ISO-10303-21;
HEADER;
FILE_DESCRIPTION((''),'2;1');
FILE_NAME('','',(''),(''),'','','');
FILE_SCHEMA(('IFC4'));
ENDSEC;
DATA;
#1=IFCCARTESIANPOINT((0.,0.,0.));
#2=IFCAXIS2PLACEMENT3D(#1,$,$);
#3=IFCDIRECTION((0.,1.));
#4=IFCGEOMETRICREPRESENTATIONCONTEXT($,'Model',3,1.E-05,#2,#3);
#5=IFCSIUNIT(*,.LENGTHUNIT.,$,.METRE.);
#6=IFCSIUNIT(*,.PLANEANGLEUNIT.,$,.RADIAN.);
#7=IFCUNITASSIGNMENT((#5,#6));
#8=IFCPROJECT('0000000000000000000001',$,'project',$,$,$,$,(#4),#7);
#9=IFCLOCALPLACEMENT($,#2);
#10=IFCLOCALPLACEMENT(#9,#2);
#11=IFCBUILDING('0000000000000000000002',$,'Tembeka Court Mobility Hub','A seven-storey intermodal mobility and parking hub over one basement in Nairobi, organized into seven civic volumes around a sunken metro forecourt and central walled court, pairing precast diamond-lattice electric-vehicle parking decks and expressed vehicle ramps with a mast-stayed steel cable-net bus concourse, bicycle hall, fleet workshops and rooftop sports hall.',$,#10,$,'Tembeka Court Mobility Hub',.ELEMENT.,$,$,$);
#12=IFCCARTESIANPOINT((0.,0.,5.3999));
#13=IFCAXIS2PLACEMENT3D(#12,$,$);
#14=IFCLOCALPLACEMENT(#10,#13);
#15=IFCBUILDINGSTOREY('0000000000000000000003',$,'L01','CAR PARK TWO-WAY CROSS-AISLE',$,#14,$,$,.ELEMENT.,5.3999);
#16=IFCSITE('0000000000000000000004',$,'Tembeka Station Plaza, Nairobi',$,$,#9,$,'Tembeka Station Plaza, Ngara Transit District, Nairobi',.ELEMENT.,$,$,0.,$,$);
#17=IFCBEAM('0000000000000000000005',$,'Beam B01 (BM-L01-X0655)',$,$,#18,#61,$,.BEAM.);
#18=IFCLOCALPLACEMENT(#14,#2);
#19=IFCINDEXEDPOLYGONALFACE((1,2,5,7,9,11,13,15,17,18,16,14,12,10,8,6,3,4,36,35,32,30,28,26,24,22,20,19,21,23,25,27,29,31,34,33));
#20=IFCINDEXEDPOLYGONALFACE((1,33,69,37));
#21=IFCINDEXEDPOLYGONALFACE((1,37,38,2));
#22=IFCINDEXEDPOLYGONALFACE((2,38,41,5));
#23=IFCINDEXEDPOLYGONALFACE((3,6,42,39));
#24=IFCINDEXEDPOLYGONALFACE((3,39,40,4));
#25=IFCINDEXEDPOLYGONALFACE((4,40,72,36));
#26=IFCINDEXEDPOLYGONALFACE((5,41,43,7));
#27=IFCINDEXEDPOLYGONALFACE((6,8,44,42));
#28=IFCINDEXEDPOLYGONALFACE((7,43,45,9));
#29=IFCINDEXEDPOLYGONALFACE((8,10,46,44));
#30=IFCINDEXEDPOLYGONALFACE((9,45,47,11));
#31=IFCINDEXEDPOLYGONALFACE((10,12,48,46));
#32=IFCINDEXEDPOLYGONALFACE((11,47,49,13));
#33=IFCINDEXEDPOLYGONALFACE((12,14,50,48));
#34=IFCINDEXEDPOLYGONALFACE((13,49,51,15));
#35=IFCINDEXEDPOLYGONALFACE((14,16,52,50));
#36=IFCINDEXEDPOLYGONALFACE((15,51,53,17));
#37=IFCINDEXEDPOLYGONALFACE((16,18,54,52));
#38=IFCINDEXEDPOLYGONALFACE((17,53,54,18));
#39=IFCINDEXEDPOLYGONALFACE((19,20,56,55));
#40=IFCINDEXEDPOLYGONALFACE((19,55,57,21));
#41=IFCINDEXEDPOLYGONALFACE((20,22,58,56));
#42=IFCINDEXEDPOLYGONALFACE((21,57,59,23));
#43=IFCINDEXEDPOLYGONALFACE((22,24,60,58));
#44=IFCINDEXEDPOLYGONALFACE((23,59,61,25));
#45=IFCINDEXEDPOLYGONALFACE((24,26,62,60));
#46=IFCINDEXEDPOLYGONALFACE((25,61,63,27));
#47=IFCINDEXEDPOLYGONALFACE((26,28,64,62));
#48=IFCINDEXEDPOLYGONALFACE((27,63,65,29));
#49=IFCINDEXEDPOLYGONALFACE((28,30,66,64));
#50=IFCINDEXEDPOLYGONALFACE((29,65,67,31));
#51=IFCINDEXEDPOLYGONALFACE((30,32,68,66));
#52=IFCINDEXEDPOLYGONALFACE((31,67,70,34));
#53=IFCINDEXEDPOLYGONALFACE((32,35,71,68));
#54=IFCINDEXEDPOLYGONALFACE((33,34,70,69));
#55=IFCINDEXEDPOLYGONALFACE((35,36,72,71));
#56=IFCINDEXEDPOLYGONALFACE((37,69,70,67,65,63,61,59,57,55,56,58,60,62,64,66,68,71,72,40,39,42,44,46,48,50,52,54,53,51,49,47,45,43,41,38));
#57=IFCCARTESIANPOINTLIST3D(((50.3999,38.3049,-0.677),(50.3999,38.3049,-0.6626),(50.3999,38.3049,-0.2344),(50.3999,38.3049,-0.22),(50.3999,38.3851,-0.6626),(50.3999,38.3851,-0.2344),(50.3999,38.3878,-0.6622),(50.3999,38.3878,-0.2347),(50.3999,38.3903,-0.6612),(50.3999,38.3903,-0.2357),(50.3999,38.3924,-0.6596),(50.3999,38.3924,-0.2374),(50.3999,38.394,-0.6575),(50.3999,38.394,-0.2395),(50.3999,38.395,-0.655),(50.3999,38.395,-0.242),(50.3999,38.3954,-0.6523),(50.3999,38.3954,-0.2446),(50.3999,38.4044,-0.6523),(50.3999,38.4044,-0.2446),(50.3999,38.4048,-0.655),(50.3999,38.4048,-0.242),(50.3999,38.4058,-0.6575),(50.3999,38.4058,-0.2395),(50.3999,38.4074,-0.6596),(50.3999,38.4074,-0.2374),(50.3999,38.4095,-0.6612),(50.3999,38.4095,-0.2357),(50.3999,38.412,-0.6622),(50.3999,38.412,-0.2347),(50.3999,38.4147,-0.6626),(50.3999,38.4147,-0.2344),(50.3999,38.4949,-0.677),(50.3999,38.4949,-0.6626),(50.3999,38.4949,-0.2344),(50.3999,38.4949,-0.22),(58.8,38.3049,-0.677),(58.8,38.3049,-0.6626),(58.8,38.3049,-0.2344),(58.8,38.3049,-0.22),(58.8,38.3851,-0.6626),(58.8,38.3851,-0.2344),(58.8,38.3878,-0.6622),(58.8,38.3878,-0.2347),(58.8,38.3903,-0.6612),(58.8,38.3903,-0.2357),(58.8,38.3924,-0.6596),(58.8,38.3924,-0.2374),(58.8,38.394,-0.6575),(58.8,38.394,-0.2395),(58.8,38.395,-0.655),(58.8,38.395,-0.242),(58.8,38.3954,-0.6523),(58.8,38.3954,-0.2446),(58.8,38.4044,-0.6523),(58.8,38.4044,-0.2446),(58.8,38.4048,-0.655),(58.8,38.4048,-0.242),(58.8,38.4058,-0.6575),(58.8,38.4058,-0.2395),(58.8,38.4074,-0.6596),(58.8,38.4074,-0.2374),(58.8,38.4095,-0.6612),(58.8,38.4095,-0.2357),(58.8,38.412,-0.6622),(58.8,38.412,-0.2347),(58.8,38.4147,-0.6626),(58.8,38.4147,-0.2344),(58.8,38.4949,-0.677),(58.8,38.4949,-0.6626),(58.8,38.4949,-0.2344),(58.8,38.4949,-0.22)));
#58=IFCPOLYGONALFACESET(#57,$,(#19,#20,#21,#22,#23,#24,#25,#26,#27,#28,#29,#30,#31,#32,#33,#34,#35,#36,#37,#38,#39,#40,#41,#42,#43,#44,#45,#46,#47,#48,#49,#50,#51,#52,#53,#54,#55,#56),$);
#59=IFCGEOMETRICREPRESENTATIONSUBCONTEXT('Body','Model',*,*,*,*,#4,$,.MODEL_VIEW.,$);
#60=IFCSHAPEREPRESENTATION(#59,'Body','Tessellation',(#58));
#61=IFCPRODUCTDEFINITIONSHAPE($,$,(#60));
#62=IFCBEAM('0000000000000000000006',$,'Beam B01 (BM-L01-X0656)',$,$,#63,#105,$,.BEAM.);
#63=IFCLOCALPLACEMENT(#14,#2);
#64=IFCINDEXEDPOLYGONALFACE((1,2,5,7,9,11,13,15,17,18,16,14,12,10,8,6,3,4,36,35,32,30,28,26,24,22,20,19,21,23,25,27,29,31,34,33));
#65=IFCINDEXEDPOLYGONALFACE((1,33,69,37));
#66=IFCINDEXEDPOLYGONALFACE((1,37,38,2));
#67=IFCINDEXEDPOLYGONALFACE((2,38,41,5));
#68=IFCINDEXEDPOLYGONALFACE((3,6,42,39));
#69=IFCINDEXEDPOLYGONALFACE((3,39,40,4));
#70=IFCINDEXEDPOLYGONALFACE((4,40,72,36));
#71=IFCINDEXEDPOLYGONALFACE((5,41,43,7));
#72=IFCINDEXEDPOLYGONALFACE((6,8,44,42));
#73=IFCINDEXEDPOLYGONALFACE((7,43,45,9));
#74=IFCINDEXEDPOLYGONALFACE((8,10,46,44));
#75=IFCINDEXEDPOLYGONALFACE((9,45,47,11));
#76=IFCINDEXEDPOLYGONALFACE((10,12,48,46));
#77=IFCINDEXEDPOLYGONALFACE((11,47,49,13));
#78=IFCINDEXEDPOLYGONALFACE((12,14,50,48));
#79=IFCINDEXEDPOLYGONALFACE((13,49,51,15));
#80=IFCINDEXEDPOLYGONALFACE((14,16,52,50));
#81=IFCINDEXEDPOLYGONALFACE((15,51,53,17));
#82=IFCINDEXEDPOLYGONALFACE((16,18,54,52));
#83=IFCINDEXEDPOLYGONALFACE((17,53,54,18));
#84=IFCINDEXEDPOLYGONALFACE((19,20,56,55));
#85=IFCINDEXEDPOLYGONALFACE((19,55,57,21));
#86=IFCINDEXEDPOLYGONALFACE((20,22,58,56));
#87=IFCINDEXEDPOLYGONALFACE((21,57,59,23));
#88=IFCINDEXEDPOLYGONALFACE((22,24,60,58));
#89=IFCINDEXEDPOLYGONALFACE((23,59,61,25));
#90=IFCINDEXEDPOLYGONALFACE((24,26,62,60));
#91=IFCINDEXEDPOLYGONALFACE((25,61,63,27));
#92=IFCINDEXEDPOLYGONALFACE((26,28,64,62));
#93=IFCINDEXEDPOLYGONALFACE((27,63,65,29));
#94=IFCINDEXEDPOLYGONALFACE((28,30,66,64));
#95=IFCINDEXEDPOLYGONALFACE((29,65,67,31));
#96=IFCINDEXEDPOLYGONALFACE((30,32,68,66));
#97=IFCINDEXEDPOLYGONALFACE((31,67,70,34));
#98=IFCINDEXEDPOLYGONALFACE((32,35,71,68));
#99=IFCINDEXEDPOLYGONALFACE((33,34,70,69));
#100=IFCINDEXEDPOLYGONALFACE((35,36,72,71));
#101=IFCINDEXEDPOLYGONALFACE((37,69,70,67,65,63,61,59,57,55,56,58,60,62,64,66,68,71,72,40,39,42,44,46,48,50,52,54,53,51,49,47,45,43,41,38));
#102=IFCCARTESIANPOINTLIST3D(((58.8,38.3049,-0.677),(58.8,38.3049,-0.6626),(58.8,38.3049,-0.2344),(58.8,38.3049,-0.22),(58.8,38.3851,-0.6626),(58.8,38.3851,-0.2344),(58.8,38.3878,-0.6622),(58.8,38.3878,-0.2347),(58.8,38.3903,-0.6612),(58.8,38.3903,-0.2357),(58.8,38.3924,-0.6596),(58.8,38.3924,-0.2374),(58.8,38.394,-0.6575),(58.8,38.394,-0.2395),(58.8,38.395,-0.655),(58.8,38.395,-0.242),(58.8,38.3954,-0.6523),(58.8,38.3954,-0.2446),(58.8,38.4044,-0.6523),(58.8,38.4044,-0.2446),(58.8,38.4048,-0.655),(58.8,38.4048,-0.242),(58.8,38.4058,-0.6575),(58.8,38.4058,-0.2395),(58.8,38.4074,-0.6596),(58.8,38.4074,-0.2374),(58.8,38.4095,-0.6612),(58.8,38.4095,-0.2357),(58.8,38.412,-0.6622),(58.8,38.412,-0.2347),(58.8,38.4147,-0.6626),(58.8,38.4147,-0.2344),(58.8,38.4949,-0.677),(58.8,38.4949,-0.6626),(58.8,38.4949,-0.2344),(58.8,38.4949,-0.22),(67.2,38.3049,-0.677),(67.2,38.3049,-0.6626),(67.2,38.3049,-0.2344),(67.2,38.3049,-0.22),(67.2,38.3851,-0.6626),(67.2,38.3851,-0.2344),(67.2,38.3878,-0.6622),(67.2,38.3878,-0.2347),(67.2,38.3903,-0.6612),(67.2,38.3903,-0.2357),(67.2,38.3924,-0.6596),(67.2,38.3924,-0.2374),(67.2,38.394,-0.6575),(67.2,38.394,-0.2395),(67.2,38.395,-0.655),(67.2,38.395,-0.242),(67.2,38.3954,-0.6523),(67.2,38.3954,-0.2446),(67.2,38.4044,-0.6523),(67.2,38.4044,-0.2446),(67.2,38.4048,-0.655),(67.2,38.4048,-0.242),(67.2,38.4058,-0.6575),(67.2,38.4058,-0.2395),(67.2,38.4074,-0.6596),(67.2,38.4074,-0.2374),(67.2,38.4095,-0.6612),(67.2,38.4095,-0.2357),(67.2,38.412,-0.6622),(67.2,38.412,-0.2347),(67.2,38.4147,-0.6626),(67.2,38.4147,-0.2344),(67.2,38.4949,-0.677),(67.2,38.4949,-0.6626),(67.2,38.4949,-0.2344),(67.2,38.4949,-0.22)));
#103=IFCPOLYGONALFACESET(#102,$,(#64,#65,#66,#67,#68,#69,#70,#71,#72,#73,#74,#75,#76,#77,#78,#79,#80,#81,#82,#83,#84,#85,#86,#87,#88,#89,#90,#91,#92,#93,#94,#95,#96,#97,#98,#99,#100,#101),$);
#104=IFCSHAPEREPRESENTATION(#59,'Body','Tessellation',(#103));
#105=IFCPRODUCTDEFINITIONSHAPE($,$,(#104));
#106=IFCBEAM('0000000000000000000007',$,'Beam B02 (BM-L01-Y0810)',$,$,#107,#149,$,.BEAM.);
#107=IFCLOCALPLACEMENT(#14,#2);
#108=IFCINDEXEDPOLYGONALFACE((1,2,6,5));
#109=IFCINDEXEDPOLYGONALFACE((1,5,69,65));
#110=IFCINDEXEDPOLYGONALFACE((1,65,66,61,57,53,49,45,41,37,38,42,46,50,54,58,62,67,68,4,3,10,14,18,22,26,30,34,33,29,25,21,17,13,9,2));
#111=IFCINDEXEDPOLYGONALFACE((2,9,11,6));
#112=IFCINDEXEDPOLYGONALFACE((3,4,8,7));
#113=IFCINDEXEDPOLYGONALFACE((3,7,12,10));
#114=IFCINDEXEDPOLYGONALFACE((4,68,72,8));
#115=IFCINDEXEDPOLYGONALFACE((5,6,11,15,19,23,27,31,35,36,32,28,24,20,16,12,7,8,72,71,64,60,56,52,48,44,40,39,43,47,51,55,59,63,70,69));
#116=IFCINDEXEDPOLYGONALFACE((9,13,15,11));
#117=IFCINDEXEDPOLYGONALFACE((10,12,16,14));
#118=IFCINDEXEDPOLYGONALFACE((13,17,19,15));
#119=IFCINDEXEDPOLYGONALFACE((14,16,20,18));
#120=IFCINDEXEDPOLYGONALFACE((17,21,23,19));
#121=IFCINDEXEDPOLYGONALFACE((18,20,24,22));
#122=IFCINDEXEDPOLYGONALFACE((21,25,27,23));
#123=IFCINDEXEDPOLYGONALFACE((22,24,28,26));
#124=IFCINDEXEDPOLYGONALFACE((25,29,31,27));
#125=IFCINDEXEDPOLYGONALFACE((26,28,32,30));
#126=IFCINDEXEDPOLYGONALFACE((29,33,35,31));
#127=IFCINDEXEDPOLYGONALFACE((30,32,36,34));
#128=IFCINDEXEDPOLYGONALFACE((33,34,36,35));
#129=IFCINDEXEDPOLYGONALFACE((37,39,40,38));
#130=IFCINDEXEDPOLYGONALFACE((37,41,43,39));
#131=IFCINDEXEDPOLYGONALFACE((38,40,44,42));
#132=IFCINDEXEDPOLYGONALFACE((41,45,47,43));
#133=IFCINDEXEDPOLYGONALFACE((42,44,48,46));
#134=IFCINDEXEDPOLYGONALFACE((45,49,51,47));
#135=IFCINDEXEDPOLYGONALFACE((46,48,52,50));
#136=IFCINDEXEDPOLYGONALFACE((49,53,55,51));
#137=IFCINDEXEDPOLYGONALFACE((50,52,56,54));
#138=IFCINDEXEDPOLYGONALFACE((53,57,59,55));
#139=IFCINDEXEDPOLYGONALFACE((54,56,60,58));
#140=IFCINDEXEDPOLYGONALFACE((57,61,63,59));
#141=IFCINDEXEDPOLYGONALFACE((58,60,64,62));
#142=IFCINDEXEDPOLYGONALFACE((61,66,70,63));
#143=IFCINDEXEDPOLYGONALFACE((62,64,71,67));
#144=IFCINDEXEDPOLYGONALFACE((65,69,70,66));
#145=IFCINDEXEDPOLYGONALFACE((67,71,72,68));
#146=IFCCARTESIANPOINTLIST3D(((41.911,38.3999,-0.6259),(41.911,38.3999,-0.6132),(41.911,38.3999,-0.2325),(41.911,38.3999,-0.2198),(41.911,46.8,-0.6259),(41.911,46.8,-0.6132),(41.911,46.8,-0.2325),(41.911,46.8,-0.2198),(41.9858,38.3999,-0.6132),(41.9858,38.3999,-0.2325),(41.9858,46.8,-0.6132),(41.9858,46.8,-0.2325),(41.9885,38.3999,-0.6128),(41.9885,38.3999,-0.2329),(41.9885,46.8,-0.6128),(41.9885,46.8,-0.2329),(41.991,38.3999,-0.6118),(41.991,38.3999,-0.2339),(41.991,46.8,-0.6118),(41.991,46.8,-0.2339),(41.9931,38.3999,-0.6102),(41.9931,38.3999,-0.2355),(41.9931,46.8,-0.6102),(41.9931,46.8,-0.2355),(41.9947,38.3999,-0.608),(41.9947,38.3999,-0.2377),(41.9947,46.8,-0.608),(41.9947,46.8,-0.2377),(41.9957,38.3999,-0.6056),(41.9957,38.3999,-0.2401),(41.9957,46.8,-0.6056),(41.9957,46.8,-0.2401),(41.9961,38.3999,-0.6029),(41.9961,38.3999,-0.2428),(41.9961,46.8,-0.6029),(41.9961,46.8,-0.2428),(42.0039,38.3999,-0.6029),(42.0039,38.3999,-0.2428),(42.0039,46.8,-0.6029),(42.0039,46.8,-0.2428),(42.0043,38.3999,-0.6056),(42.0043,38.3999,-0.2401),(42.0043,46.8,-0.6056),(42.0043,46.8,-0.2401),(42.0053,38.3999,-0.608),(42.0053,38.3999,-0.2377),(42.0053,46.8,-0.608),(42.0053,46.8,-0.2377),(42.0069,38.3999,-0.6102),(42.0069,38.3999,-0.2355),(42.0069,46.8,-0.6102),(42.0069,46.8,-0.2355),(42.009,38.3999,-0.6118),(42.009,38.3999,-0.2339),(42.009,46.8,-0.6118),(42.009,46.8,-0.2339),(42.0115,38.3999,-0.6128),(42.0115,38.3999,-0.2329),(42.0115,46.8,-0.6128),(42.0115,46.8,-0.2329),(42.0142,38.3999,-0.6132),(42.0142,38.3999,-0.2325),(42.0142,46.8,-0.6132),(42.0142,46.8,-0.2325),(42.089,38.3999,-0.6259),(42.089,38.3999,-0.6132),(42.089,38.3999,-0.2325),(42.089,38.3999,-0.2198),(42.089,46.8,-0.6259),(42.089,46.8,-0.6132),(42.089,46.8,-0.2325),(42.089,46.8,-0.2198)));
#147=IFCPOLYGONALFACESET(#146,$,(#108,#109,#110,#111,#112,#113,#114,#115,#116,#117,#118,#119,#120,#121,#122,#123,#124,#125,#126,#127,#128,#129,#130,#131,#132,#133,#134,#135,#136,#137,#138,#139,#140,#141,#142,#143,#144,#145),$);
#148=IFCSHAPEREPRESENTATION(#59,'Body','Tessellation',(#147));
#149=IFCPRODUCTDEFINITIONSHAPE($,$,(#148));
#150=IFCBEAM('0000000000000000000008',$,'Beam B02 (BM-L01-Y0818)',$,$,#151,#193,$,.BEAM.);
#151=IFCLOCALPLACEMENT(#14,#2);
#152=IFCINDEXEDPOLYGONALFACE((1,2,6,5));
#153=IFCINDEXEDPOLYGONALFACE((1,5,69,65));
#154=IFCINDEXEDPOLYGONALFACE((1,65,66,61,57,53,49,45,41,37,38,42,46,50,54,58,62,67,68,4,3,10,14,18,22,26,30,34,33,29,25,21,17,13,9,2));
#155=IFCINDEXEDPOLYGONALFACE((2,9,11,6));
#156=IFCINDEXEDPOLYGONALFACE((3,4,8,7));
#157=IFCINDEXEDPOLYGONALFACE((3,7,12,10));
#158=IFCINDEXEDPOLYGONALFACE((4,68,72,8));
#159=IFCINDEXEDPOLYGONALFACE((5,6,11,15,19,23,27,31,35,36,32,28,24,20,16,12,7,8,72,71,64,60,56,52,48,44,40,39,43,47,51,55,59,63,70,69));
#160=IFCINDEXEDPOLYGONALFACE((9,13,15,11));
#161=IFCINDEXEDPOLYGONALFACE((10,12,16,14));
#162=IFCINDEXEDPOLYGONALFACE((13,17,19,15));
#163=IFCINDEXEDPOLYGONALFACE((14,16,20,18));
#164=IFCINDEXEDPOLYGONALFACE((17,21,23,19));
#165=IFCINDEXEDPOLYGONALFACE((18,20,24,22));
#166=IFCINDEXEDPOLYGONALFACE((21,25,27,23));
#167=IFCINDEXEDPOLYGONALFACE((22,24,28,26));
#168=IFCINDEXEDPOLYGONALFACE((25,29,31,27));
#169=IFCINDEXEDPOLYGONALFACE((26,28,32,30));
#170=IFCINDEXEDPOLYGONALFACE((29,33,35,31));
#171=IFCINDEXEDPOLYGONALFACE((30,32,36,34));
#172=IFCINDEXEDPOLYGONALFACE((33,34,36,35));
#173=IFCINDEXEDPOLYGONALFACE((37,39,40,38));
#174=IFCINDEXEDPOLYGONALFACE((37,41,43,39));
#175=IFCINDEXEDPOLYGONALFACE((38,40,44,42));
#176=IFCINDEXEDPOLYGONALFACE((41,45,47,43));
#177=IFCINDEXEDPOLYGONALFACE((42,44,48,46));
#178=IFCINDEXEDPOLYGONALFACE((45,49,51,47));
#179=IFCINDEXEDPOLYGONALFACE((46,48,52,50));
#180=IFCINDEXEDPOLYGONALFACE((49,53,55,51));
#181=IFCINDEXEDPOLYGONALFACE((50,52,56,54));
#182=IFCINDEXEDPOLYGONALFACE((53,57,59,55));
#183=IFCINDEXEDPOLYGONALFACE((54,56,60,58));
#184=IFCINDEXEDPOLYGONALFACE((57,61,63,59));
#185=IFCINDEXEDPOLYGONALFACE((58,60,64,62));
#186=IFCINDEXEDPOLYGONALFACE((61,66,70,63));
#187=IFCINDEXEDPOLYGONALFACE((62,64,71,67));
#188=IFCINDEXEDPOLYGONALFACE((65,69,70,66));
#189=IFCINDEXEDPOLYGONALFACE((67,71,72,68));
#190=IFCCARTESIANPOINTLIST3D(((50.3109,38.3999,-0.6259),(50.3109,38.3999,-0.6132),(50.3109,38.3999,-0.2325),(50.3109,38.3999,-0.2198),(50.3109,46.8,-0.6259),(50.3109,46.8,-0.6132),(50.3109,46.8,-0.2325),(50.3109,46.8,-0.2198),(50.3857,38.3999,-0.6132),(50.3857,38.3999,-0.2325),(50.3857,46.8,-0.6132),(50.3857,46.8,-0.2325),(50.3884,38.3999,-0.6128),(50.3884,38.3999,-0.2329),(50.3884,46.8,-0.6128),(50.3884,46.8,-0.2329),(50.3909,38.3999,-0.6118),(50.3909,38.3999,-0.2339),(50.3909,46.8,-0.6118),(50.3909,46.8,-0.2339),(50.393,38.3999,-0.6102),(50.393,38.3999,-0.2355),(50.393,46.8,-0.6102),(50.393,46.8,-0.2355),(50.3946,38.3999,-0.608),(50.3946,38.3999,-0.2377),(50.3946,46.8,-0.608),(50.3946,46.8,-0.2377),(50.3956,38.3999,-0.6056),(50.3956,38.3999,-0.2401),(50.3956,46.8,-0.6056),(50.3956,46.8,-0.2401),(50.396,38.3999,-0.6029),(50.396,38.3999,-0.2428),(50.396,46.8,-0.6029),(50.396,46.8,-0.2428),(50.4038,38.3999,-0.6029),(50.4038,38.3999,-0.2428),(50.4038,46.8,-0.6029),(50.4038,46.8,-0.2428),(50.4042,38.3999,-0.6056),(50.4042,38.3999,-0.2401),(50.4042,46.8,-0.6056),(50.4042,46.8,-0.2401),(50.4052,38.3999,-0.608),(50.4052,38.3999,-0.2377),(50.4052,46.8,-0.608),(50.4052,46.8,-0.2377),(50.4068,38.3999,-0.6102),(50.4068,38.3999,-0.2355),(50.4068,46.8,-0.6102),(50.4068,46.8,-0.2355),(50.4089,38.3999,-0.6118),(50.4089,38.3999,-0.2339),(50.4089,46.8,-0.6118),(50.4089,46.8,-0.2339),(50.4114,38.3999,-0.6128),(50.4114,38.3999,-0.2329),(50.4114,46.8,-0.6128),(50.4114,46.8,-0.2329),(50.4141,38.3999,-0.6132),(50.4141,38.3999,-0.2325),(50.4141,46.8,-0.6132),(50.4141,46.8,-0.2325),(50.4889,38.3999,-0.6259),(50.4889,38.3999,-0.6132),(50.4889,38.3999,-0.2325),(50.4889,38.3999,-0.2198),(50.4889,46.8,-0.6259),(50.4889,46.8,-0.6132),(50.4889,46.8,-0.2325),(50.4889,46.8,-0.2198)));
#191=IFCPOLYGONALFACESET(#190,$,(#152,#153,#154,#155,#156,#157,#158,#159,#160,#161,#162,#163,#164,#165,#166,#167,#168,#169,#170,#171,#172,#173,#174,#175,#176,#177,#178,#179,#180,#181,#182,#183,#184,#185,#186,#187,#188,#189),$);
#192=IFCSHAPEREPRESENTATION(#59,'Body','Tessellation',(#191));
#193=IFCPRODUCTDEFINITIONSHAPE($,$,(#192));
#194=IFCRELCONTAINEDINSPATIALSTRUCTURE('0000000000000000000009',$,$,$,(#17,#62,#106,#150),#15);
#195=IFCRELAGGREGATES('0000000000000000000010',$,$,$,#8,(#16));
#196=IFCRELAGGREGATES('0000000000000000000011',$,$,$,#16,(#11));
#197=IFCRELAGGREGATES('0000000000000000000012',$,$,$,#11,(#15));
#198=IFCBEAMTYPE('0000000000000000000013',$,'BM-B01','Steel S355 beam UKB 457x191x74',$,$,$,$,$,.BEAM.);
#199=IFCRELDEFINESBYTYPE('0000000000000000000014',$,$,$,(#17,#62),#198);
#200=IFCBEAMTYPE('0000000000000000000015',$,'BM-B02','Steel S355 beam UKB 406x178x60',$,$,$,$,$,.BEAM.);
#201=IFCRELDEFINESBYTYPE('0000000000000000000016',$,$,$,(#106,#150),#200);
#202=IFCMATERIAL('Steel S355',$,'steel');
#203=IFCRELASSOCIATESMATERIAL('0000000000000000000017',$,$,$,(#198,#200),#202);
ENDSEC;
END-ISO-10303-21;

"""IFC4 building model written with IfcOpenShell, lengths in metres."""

from ifc_helpers import new_model, si_unit, direction, frame, origin, origin_2d, place, context, subcontext, project, spatial, i_section, extrude, material, material_profile, profile_set, type_object, element, save


model = new_model("IFC4")

# Units and contexts
model_context = context("Model", 3, precision=1e-05, world=origin(), true_north=direction((0.0, 1.0)))
body_context = subcontext(model_context, "Body", "Model", "MODEL_VIEW")
ifc_project = project(units=[si_unit("LENGTHUNIT", "METRE"), si_unit("PLANEANGLEUNIT", "RADIAN")], contexts=[model_context])

# Site, building, storey
site_placement = place(None, origin())
site = spatial("IfcSite", under=ifc_project, at=site_placement, Name="Tembeka Station Plaza, Nairobi", LongName="Tembeka Station Plaza, Ngara Transit District, Nairobi", CompositionType="ELEMENT", RefElevation=0.0)
building_placement = place(site_placement, origin())
building = spatial("IfcBuilding", under=site, at=building_placement, Name="Tembeka Court Mobility Hub", Description="A seven-storey intermodal mobility and parking hub over one basement in Nairobi, organized into seven civic volumes around a sunken metro forecourt and central walled court, pairing precast diamond-lattice electric-vehicle parking decks and expressed vehicle ramps with a mast-stayed steel cable-net bus concourse, bicycle hall, fleet workshops and rooftop sports hall.", LongName="Tembeka Court Mobility Hub", CompositionType="ELEMENT")
storey_placement = place(building_placement, frame((0.0, 0.0, 5.3999)))
storey = spatial("IfcBuildingStorey", under=building, at=storey_placement, Name="L01", Description="CAR PARK TWO-WAY CROSS-AISLE", CompositionType="ELEMENT", Elevation=5.3999)

# Shared definitions
ifc_material_1 = material(Name="Steel S355", Category="steel")

# Beams
ifc_material_profile_1 = material_profile(ifc_material_1, i_section(OverallWidth=0.1899, OverallDepth=0.457, WebThickness=0.009, FlangeThickness=0.0144, FilletRadius=0.0103, at=origin_2d()), Name="UKB 457x191x74")
ifc_profile_set_1 = profile_set([ifc_material_profile_1], Name="Steel S355")
beam_type_1 = type_object("IfcBeamType", Name="BM-B01", Description="Steel S355 beam UKB 457x191x74", PredefinedType="BEAM", material=ifc_profile_set_1)
beam_1_placement = place(storey_placement, frame((50.3999, 38.3999, -0.4485), z_axis=(1.0, 0.0, 0.0), x_axis=(0.0, 1.0, 0.0)))
element("IfcBeam", 1, at=beam_1_placement, inside=storey, type_object=beam_type_1, Name="Beam B01 (BM-L01-X0655)", PredefinedType="BEAM", context=body_context, shape_type="SweptSolid", body=[
    extrude(i_section(OverallWidth=0.1899, OverallDepth=0.457, WebThickness=0.009, FlangeThickness=0.0144, FilletRadius=0.0103, at=origin_2d()), origin(), (0.0, 0.0, 1.0), 8.4001),
])
beam_2_placement = place(storey_placement, frame((58.8, 38.3999, -0.4485), z_axis=(1.0, 0.0, 0.0), x_axis=(0.0, 1.0, 0.0)))
element("IfcBeam", 2, at=beam_2_placement, inside=storey, type_object=beam_type_1, Name="Beam B01 (BM-L01-X0656)", PredefinedType="BEAM", context=body_context, shape_type="SweptSolid", body=[
    extrude(i_section(OverallWidth=0.1899, OverallDepth=0.457, WebThickness=0.009, FlangeThickness=0.0144, FilletRadius=0.0103, at=origin_2d()), origin(), (0.0, 0.0, 1.0), 8.3999),
])
ifc_material_profile_2 = material_profile(ifc_material_1, i_section(OverallWidth=0.178, OverallDepth=0.406, WebThickness=0.0078, FlangeThickness=0.0127, FilletRadius=0.0103, at=origin_2d()), Name="UKB 406x178x60")
ifc_profile_set_2 = profile_set([ifc_material_profile_2], Name="Steel S355")
beam_type_2 = type_object("IfcBeamType", Name="BM-B02", Description="Steel S355 beam UKB 406x178x60", PredefinedType="BEAM", material=ifc_profile_set_2)
for number, where, z_axis, x_axis, name in (
    (3, (42.0, 38.3999, -0.4229), (0.0, 1.0, 0.0), (-1.0, 0.0, 0.0), "Beam B02 (BM-L01-Y0810)"),
    (4, (50.3999, 38.3999, -0.4229), (0.0, 1.0, 0.0), (-1.0, 0.0, 0.0), "Beam B02 (BM-L01-Y0818)"),
):
    element("IfcBeam", number, at=place(storey_placement, frame(where, z_axis=z_axis, x_axis=x_axis)), inside=storey, type_object=beam_type_2, Name=name, PredefinedType="BEAM", context=body_context, shape_type="SweptSolid", body=[
        extrude(i_section(OverallWidth=0.178, OverallDepth=0.406, WebThickness=0.0078, FlangeThickness=0.0127, FilletRadius=0.0103, at=origin_2d()), origin(), (0.0, 0.0, 1.0), 8.4001),
    ])

save(model, "model.ifc")
